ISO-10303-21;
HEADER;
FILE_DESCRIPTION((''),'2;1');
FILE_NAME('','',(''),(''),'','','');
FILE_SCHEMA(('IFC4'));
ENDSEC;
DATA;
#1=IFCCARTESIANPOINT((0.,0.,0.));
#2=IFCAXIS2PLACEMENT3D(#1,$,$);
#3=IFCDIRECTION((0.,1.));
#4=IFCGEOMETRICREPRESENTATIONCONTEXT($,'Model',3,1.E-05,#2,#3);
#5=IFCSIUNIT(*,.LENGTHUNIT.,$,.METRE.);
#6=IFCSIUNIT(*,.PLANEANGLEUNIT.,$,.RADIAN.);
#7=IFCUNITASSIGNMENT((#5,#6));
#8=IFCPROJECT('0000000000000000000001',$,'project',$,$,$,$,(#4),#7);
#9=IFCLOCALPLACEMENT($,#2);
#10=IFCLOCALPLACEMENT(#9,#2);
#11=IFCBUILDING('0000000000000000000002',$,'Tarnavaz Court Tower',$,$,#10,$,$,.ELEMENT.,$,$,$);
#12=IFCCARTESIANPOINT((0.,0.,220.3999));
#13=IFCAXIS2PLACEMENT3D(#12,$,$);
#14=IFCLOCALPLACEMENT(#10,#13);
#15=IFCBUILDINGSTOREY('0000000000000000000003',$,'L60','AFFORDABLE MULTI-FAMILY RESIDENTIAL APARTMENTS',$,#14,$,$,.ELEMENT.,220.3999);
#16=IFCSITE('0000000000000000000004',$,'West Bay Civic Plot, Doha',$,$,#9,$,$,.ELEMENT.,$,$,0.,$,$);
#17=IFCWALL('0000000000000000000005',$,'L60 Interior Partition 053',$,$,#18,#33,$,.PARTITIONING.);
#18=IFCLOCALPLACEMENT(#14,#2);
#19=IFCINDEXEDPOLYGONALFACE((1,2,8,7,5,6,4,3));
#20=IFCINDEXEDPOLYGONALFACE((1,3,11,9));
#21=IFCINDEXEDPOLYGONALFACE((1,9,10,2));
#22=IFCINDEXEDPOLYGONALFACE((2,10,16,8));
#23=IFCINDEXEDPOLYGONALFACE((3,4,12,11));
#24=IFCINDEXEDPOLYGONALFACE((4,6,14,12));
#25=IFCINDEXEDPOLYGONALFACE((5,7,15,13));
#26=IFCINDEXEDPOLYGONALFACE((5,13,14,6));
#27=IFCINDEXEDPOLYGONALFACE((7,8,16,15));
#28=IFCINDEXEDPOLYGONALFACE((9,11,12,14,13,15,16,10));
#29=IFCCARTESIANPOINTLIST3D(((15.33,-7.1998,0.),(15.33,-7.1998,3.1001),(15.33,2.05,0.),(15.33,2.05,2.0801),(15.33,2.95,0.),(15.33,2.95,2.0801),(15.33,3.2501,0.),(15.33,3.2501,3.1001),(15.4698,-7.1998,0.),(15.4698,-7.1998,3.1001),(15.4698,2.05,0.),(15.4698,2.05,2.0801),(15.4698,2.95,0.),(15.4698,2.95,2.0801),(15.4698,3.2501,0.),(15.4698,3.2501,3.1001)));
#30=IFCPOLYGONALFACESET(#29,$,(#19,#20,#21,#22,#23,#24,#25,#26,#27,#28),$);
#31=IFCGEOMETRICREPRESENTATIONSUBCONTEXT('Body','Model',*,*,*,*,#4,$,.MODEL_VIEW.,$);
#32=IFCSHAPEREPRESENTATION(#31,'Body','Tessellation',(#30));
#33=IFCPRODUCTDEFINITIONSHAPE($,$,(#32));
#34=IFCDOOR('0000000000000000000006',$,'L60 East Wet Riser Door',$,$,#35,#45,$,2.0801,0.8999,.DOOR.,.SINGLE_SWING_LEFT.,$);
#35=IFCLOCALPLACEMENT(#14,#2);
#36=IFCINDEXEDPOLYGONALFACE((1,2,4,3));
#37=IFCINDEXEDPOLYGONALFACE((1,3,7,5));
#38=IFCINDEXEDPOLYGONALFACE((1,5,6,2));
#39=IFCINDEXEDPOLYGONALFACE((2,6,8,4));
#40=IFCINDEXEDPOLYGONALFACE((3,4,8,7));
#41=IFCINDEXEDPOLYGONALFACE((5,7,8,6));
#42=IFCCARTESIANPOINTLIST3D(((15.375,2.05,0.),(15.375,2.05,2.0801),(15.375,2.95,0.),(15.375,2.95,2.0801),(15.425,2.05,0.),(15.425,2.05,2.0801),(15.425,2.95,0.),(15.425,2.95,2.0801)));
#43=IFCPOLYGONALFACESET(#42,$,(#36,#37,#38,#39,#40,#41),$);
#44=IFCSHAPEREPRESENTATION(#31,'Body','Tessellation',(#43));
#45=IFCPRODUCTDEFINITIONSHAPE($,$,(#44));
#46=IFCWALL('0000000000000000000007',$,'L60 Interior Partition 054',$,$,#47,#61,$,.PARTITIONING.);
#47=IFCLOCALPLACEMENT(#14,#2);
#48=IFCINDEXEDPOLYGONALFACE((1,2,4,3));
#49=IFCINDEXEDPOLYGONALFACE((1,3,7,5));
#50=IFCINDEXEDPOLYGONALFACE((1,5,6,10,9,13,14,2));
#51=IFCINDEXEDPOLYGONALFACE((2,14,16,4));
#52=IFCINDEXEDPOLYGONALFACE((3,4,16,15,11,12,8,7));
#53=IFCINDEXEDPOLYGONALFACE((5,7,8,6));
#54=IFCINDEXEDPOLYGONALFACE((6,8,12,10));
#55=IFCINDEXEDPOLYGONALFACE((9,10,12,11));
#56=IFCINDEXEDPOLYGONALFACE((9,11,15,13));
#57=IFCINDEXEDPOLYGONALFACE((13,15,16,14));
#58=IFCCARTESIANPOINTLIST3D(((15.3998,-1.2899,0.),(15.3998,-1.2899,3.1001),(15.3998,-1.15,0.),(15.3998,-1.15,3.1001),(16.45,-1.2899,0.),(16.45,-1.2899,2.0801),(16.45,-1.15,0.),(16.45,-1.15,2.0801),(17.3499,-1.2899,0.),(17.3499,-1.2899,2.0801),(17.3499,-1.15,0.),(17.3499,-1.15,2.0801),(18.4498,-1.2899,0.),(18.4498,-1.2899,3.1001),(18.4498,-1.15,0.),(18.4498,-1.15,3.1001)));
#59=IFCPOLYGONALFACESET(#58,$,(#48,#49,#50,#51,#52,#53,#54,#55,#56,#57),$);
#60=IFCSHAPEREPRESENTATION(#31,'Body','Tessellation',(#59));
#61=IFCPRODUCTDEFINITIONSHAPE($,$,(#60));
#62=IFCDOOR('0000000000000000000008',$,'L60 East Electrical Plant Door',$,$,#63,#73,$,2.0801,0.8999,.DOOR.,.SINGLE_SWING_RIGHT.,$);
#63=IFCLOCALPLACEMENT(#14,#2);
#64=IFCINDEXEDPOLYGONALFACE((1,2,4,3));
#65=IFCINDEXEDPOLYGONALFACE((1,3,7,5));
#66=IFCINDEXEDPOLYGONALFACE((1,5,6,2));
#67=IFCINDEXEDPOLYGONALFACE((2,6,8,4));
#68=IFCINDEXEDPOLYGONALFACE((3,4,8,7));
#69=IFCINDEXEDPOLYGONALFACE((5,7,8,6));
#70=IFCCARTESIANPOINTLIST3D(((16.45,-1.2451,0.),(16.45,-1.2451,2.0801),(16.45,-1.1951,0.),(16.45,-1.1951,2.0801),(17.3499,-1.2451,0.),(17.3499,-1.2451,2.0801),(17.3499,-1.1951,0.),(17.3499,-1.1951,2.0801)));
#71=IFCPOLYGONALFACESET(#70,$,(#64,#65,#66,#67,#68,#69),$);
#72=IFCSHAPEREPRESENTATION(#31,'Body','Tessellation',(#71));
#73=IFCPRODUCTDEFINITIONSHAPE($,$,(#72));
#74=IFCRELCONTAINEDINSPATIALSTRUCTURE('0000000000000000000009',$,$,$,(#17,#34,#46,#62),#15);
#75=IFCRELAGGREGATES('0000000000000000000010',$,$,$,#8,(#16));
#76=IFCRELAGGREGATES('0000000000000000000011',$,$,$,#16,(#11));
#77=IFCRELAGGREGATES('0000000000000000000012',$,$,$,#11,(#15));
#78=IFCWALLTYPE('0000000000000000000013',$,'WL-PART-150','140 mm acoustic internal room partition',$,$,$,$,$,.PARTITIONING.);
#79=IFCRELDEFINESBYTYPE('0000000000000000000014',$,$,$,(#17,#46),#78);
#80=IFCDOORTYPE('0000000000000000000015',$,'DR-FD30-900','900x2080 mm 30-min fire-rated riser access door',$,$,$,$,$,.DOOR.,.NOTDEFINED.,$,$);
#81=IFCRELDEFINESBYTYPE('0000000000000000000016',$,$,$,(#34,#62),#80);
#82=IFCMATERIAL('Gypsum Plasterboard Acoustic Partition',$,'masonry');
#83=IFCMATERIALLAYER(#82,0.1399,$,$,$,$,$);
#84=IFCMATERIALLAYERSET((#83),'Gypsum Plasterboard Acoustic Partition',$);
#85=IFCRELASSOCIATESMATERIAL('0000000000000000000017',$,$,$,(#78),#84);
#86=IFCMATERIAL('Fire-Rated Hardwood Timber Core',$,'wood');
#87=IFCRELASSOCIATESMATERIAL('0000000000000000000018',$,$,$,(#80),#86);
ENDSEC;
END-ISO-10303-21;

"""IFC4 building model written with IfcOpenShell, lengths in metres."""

from ifc_helpers import new_model, si_unit, direction, frame, frame_2d, origin, place, context, subcontext, project, spatial, rectangle, extrude, material, layer, layer_set, type_object, element, fill, save


model = new_model("IFC4")

# Units and contexts
model_context = context("Model", 3, precision=1e-05, world=origin(), true_north=direction((0.0, 1.0)))
body_context = subcontext(model_context, "Body", "Model", "MODEL_VIEW")
ifc_project = project(units=[si_unit("LENGTHUNIT", "METRE"), si_unit("PLANEANGLEUNIT", "RADIAN")], contexts=[model_context])

# Site, building, storey
site_placement = place(None, origin())
site = spatial("IfcSite", under=ifc_project, at=site_placement, Name="West Bay Civic Plot, Doha", CompositionType="ELEMENT", RefElevation=0.0)
building_placement = place(site_placement, origin())
building = spatial("IfcBuilding", under=site, at=building_placement, Name="Tarnavaz Court Tower", CompositionType="ELEMENT")
storey_placement = place(building_placement, frame((0.0, 0.0, 220.3999)))
storey = spatial("IfcBuildingStorey", under=building, at=storey_placement, Name="L60", Description="AFFORDABLE MULTI-FAMILY RESIDENTIAL APARTMENTS", CompositionType="ELEMENT", Elevation=220.3999)

# Shared definitions
ifc_material_1 = material(Name="Fire-Rated Hardwood Timber Core", Category="wood")

# Walls, openings, doors
ifc_material_2 = material(Name="Gypsum Plasterboard Acoustic Partition", Category="masonry")
ifc_layer_1 = layer(ifc_material_2, 0.1399)
ifc_layer_set_1 = layer_set([ifc_layer_1], Name="Gypsum Plasterboard Acoustic Partition")
wall_type_1 = type_object("IfcWallType", Name="WL-PART-150", Description="140 mm acoustic internal room partition", PredefinedType="PARTITIONING", material=ifc_layer_set_1)
wall_1_placement = place(storey_placement, frame((15.3999, -7.2, 0.0), z_axis=(0.0, 0.0, 1.0), x_axis=(0.0, 1.0, 0.0)))
wall_1 = element("IfcWall", 1, at=wall_1_placement, inside=storey, type_object=wall_type_1, Name="L60 Interior Partition 053", PredefinedType="PARTITIONING", context=body_context, shape_type="SweptSolid", body=[
    extrude(rectangle(XDim=10.45, YDim=0.1399, at=frame_2d((5.2251, 0.0))), origin(), (0.0, 0.0, 1.0), 3.1001),
])
opening_1_placement = place(wall_1_placement, frame((9.25, 0.0, 0.0)))
opening_1 = element("IfcOpeningElement", 2, at=opening_1_placement, cuts=wall_1, PredefinedType="OPENING", context=body_context, shape_type="SweptSolid", body=[
    extrude(rectangle(XDim=0.8999, YDim=2.0801, at=frame_2d((0.45, 1.04))), frame((0.0, 0.0798, 0.0), z_axis=(0.0, -1.0, 0.0), x_axis=(1.0, 0.0, 0.0)), (0.0, 0.0, 1.0), 0.1599),
])
door_type_1 = type_object("IfcDoorType", Name="DR-FD30-900", Description="900x2080 mm 30-min fire-rated riser access door", OperationType="NOTDEFINED", PredefinedType="DOOR", material=ifc_material_1)
door_1_placement = place(opening_1_placement, origin())
door_1 = element("IfcDoor", 3, at=door_1_placement, inside=storey, type_object=door_type_1, Name="L60 East Wet Riser Door", OperationType="SINGLE_SWING_LEFT", OverallHeight=2.0801, OverallWidth=0.8999, PredefinedType="DOOR", context=body_context, shape_type="SweptSolid", body=[
    extrude(rectangle(XDim=0.8999, YDim=2.0801, at=frame_2d((0.45, 1.04))), frame((0.0, 0.0249, 0.0), z_axis=(0.0, -1.0, 0.0), x_axis=(1.0, 0.0, 0.0)), (0.0, 0.0, 1.0), 0.05),
])
fill(opening_1, door_1)
wall_2_placement = place(storey_placement, frame((15.3999, -1.22, 0.0), z_axis=(0.0, 0.0, 1.0), x_axis=(1.0, 0.0, 0.0)))
wall_2 = element("IfcWall", 4, at=wall_2_placement, inside=storey, type_object=wall_type_1, Name="L60 Interior Partition 054", PredefinedType="PARTITIONING", context=body_context, shape_type="SweptSolid", body=[
    extrude(rectangle(XDim=3.05, YDim=0.1399, at=frame_2d((1.5249, 0.0))), origin(), (0.0, 0.0, 1.0), 3.1001),
])
opening_2_placement = place(wall_2_placement, frame((1.05, 0.0, 0.0)))
opening_2 = element("IfcOpeningElement", 5, at=opening_2_placement, cuts=wall_2, PredefinedType="OPENING", context=body_context, shape_type="SweptSolid", body=[
    extrude(rectangle(XDim=0.8999, YDim=2.0801, at=frame_2d((0.45, 1.04))), frame((0.0, 0.0798, 0.0), z_axis=(0.0, -1.0, 0.0), x_axis=(1.0, 0.0, 0.0)), (0.0, 0.0, 1.0), 0.1599),
])
door_2_placement = place(opening_2_placement, origin())
door_2 = element("IfcDoor", 6, at=door_2_placement, inside=storey, type_object=door_type_1, Name="L60 East Electrical Plant Door", OperationType="SINGLE_SWING_RIGHT", OverallHeight=2.0801, OverallWidth=0.8999, PredefinedType="DOOR", context=body_context, shape_type="SweptSolid", body=[
    extrude(rectangle(XDim=0.8999, YDim=2.0801, at=frame_2d((0.45, 1.04))), frame((0.0, 0.0249, 0.0), z_axis=(0.0, -1.0, 0.0), x_axis=(1.0, 0.0, 0.0)), (0.0, 0.0, 1.0), 0.05),
])
fill(opening_2, door_2)

save(model, "model.ifc")
